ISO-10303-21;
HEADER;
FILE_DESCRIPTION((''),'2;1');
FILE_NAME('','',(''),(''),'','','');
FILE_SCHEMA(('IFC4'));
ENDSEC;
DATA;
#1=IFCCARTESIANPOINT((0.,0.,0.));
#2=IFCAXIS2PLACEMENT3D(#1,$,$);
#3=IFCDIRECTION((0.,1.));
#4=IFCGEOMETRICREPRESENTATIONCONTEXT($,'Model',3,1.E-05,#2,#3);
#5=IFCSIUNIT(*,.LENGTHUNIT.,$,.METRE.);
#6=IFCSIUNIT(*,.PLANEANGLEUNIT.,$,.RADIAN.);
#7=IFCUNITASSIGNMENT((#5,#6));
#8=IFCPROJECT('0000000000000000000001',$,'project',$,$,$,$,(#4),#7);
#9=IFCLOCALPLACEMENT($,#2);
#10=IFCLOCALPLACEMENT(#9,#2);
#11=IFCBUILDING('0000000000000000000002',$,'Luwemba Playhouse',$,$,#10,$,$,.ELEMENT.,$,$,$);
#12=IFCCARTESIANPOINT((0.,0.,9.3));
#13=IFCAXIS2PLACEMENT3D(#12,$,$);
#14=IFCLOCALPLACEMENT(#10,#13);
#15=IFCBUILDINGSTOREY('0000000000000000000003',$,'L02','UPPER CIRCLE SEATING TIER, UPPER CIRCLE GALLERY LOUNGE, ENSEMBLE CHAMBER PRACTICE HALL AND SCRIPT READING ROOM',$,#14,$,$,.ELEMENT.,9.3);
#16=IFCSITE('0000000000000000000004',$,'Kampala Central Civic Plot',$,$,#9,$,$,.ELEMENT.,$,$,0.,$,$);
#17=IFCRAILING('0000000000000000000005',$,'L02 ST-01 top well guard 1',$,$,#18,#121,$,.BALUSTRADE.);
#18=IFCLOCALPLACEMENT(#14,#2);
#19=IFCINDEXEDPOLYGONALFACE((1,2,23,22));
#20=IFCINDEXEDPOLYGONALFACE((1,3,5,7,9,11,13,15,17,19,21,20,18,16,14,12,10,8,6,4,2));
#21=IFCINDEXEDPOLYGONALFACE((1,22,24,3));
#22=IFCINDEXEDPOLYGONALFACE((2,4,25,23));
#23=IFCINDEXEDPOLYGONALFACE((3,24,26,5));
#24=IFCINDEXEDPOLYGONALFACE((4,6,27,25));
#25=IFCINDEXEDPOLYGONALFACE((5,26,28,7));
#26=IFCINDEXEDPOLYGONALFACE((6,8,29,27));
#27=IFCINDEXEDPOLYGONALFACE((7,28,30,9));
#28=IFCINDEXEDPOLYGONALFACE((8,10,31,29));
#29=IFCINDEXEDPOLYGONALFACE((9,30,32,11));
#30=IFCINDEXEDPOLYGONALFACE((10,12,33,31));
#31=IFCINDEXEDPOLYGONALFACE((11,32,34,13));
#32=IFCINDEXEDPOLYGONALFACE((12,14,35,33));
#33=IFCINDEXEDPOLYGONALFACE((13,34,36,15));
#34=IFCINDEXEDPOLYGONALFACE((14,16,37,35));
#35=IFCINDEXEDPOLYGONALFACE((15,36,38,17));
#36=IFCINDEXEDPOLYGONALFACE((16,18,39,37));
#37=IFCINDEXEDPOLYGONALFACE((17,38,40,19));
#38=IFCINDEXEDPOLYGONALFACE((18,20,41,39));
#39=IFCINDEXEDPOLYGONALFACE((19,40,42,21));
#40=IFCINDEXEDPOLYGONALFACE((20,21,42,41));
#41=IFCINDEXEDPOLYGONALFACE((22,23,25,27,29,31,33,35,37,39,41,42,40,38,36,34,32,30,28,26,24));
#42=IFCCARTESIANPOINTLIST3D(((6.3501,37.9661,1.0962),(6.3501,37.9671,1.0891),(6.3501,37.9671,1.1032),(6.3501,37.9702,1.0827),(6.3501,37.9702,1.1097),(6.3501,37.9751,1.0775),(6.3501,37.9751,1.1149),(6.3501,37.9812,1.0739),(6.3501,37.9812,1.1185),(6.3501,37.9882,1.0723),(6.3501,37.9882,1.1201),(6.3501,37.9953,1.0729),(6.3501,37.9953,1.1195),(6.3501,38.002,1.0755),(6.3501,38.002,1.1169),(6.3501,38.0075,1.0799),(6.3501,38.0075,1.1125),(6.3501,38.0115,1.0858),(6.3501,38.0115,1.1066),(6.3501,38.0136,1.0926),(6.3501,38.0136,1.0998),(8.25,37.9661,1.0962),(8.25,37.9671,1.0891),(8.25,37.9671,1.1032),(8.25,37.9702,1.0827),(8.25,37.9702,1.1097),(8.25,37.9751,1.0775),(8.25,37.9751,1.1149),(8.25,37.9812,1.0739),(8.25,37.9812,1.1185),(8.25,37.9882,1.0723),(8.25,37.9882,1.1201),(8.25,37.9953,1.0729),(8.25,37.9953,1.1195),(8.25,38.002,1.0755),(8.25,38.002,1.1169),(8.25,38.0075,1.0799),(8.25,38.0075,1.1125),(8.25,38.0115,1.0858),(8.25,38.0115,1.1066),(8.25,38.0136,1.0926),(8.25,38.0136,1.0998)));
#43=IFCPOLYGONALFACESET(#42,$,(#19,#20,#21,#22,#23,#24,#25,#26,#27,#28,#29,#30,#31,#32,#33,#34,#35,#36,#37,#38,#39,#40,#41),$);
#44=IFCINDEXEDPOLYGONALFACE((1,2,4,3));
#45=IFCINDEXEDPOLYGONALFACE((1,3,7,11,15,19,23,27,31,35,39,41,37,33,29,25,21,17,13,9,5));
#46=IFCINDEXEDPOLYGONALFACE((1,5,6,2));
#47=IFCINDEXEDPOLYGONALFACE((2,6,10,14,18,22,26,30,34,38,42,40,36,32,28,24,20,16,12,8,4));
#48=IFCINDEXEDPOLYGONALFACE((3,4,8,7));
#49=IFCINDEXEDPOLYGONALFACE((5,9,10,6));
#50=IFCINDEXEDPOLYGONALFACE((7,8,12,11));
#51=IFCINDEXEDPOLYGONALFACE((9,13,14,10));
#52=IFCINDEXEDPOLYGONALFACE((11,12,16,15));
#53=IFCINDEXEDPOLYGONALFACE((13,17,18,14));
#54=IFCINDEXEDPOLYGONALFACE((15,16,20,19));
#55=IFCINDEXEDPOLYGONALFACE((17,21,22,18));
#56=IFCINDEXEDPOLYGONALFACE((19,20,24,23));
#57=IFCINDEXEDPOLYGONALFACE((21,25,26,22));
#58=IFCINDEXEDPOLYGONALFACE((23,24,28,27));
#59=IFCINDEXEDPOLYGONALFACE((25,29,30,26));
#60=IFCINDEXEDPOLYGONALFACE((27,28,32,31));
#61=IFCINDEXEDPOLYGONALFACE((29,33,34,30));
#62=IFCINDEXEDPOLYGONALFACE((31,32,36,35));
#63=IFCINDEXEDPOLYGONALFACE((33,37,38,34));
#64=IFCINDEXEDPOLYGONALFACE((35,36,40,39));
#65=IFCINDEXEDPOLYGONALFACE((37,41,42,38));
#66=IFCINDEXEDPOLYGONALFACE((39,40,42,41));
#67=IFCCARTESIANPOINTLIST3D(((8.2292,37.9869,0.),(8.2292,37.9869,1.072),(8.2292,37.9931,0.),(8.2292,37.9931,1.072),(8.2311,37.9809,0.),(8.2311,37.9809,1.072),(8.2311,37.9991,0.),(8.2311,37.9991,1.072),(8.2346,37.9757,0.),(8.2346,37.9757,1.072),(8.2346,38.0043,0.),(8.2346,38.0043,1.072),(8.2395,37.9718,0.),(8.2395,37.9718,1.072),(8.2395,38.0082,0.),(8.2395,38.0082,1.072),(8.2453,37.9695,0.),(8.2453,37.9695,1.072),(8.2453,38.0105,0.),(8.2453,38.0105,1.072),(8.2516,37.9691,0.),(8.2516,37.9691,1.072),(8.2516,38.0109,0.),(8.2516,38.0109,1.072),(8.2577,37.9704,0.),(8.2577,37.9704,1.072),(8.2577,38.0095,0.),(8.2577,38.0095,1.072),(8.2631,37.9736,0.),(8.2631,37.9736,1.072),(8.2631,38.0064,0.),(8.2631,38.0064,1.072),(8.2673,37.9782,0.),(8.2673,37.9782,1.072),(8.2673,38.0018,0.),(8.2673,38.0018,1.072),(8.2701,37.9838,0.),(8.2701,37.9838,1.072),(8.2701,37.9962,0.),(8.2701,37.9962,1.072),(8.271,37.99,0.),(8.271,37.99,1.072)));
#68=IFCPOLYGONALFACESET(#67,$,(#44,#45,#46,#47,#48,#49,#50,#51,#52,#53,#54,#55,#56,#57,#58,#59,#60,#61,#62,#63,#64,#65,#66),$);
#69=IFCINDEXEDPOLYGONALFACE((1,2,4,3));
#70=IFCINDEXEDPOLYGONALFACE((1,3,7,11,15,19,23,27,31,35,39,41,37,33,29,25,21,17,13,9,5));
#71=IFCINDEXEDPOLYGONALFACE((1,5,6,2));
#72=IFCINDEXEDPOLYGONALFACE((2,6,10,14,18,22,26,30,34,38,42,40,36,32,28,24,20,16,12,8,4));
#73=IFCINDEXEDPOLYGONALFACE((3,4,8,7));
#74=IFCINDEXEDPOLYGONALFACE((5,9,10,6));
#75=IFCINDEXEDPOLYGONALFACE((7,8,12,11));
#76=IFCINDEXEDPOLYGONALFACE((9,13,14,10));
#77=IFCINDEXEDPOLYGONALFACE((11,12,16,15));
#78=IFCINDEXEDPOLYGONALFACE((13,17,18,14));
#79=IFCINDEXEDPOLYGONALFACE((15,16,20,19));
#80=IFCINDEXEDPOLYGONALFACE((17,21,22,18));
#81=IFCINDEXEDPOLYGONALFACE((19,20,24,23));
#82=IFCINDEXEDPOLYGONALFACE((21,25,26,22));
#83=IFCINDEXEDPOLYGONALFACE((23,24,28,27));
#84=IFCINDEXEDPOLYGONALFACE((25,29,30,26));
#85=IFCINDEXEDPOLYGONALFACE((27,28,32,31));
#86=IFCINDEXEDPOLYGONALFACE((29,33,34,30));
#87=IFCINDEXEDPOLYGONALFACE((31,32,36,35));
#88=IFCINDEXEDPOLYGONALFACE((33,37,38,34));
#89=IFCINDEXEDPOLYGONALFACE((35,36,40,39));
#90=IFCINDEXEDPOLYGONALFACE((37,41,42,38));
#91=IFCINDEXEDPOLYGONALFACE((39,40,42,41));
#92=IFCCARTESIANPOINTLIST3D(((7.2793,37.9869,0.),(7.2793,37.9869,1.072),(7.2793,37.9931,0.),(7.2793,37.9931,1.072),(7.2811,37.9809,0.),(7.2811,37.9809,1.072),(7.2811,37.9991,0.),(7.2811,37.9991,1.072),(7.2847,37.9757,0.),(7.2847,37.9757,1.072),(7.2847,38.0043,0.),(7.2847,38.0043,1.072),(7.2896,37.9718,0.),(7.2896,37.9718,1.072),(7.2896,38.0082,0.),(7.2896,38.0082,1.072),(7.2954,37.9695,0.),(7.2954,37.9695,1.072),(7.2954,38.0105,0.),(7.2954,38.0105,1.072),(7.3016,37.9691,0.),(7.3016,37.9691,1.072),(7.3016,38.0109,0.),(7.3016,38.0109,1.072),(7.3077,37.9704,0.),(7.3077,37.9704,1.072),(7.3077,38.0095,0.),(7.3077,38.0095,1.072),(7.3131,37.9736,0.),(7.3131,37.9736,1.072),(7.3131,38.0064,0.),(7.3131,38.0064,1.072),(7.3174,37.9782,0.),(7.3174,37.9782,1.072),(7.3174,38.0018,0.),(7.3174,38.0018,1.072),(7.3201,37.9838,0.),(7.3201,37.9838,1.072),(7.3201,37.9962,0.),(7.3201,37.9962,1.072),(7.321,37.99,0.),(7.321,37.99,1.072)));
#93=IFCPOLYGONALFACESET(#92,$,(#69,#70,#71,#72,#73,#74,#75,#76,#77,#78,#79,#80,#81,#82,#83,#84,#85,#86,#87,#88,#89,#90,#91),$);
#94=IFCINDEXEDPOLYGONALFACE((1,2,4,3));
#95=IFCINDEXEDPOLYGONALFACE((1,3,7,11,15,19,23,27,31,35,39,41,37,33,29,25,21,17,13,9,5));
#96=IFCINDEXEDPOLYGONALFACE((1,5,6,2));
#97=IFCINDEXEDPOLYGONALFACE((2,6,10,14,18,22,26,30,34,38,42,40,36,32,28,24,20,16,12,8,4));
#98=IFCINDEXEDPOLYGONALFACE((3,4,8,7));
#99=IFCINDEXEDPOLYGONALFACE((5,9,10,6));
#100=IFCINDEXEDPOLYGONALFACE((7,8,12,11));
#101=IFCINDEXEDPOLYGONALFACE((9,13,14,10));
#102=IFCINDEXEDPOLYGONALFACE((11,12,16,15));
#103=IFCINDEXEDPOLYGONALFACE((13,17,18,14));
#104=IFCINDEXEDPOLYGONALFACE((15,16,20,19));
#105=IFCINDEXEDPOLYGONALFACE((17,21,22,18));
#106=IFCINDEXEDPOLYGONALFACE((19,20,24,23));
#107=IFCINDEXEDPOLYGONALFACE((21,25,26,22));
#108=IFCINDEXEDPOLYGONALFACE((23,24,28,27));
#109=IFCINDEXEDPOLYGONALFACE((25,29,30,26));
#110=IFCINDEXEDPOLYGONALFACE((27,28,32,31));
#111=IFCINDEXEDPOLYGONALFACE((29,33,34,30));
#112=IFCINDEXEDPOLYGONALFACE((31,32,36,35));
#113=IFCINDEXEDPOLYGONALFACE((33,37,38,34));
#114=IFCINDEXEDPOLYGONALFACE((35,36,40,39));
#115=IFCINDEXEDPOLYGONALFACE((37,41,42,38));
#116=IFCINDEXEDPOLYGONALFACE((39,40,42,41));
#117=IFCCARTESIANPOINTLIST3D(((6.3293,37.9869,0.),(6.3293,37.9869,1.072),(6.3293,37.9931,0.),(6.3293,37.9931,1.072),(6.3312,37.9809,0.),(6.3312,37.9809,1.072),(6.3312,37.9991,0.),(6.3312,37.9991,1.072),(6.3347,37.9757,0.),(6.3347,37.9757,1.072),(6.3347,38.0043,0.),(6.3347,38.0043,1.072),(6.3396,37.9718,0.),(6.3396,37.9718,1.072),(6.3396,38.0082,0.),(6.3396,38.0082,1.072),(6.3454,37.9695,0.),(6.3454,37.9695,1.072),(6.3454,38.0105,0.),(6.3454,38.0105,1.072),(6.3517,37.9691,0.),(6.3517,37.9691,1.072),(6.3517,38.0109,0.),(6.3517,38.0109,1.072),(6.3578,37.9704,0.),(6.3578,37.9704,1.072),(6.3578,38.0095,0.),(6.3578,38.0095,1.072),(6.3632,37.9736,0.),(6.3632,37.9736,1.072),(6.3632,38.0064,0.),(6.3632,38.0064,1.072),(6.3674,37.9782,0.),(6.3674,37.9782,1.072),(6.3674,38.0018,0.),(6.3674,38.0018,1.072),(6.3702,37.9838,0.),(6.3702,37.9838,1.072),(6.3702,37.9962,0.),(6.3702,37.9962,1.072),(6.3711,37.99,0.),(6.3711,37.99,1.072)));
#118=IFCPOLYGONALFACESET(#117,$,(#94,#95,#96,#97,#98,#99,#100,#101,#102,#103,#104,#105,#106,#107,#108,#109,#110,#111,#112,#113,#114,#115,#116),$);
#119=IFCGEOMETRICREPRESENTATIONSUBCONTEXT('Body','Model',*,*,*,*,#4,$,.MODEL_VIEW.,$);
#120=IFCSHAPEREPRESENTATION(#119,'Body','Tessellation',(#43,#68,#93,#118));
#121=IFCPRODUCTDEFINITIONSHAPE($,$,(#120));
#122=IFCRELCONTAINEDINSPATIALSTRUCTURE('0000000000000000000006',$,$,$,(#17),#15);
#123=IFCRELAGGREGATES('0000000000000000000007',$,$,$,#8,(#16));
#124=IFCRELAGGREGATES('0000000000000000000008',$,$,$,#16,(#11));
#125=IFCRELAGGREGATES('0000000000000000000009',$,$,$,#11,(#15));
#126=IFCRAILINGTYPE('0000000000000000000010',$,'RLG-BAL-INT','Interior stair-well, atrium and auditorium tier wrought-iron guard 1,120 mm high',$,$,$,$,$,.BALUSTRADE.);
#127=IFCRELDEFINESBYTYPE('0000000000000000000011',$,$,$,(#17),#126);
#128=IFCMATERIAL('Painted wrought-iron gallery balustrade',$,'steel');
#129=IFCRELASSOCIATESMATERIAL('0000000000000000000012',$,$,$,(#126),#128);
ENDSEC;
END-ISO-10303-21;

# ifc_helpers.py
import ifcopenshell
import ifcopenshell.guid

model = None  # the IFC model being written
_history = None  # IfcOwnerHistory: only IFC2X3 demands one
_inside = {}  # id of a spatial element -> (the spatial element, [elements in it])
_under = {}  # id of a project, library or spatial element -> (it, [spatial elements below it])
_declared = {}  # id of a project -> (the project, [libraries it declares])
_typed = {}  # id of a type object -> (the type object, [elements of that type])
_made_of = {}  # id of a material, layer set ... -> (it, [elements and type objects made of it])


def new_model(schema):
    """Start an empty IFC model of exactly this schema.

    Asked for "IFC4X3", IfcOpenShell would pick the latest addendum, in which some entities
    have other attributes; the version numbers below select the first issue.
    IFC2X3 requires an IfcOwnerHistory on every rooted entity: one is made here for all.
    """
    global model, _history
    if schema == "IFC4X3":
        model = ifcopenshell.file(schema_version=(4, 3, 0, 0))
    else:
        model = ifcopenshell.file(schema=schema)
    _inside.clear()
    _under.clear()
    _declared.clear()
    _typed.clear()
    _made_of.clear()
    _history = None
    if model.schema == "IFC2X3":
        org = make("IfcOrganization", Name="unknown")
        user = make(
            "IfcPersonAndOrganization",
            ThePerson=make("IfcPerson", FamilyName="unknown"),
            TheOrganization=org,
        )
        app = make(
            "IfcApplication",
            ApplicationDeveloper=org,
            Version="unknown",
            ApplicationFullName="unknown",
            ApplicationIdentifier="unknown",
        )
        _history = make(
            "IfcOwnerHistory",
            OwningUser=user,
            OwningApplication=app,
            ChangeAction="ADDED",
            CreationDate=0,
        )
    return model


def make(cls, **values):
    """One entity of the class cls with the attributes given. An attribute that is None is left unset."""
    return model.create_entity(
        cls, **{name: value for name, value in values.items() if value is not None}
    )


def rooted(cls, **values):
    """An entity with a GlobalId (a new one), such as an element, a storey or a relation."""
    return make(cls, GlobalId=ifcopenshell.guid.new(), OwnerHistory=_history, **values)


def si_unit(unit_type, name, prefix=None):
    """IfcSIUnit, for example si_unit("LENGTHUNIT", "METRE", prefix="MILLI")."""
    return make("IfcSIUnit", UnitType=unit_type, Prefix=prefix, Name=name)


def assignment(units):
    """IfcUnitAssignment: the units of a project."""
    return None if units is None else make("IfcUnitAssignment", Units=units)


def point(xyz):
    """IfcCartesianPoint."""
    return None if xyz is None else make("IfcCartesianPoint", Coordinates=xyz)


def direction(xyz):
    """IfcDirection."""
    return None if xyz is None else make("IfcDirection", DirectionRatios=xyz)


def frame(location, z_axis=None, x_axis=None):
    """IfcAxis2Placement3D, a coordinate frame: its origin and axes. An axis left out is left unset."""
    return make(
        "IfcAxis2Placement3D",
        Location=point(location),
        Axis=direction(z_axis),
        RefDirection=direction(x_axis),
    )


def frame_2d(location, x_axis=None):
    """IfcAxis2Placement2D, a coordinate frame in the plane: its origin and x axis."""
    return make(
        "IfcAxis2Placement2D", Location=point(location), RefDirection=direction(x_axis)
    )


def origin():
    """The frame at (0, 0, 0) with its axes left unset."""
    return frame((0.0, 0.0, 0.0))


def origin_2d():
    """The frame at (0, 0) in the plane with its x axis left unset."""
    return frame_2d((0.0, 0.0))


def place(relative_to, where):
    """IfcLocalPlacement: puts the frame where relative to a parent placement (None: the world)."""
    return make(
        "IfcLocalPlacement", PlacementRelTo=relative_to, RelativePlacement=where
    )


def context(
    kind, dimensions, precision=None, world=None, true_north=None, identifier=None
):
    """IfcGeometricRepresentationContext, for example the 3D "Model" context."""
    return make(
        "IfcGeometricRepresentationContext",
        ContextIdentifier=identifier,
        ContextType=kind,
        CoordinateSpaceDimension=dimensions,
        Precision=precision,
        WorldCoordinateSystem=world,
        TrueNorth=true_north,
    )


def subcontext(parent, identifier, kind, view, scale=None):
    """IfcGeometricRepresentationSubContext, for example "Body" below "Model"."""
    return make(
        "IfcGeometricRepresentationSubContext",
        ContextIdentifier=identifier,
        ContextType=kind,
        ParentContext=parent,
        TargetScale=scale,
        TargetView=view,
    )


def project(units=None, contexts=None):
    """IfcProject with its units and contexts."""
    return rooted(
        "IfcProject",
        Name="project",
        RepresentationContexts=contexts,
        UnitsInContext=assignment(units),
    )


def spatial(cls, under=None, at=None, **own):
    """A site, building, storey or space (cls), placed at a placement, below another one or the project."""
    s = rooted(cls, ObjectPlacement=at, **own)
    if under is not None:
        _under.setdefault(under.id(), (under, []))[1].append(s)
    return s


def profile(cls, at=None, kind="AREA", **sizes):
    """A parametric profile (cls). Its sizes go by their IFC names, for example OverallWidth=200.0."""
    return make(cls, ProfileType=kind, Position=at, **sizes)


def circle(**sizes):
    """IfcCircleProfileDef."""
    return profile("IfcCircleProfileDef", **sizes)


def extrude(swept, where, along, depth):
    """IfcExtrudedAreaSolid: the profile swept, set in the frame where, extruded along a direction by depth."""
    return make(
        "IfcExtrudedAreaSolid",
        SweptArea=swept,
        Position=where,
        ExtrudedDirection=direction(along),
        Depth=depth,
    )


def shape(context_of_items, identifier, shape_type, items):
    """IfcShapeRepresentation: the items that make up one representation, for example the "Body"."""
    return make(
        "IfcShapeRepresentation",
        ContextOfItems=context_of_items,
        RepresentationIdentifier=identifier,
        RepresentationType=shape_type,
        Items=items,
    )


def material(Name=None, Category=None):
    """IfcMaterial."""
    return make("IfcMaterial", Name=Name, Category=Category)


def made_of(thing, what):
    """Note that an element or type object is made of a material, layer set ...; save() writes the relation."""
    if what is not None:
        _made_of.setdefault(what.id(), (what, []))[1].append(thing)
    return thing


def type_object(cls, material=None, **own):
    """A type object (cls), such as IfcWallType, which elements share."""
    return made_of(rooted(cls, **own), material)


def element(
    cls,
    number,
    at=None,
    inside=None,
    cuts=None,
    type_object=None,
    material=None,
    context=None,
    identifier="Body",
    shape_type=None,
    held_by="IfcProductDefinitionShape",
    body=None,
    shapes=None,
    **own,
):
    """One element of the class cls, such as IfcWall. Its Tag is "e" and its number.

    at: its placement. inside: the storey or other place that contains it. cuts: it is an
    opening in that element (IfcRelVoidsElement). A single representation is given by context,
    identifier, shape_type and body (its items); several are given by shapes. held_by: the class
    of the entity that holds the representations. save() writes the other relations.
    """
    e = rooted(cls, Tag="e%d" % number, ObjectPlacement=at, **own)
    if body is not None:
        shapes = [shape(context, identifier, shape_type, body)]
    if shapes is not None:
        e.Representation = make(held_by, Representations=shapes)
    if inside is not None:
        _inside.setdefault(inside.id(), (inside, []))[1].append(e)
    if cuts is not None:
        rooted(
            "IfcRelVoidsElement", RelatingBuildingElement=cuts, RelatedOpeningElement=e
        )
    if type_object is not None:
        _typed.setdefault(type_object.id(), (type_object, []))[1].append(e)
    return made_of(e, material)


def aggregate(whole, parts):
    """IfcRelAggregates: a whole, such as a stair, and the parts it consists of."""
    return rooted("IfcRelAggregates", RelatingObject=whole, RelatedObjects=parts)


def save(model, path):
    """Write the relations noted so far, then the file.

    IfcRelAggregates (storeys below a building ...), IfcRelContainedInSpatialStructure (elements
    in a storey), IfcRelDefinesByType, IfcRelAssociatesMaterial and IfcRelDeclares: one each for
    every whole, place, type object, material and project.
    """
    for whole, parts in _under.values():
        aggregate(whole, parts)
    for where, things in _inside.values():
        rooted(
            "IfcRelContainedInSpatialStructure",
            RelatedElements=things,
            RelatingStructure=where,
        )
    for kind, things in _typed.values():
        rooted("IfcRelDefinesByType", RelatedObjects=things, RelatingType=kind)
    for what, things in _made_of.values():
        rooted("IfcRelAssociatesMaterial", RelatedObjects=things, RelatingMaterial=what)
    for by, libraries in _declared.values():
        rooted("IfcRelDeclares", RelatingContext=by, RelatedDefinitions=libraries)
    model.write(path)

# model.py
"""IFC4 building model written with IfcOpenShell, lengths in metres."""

from ifc_helpers import new_model, si_unit, direction, frame, origin, origin_2d, place, context, subcontext, project, spatial, circle, extrude, material, type_object, element, save


model = new_model("IFC4")

# Units and contexts
model_context = context("Model", 3, precision=1e-05, world=origin(), true_north=direction((0.0, 1.0)))
body_context = subcontext(model_context, "Body", "Model", "MODEL_VIEW")
ifc_project = project(units=[si_unit("LENGTHUNIT", "METRE"), si_unit("PLANEANGLEUNIT", "RADIAN")], contexts=[model_context])

# Site, building, storey
site_placement = place(None, origin())
site = spatial("IfcSite", under=ifc_project, at=site_placement, Name="Kampala Central Civic Plot", CompositionType="ELEMENT", RefElevation=0.0)
building_placement = place(site_placement, origin())
building = spatial("IfcBuilding", under=site, at=building_placement, Name="Luwemba Playhouse", CompositionType="ELEMENT")
storey_placement = place(building_placement, frame((0.0, 0.0, 9.3)))
storey = spatial("IfcBuildingStorey", under=building, at=storey_placement, Name="L02", Description="UPPER CIRCLE SEATING TIER, UPPER CIRCLE GALLERY LOUNGE, ENSEMBLE CHAMBER PRACTICE HALL AND SCRIPT READING ROOM", CompositionType="ELEMENT", Elevation=9.3)

# Railing
ifc_material_1 = material(Name="Painted wrought-iron gallery balustrade", Category="steel")
railing_type = type_object("IfcRailingType", Name="RLG-BAL-INT", Description="Interior stair-well, atrium and auditorium tier wrought-iron guard 1,120 mm high", PredefinedType="BALUSTRADE", material=ifc_material_1)
railing_placement = place(storey_placement, frame((8.25, 37.99, 0.0)))
element("IfcRailing", 1, at=railing_placement, inside=storey, type_object=railing_type, Name="L02 ST-01 top well guard 1", PredefinedType="BALUSTRADE", context=body_context, shape_type="SweptSolid", body=[
    extrude(circle(Radius=0.0239, at=origin_2d()), frame((0.0, 0.0, 1.0962), z_axis=(-1.0, 0.0, 0.0), x_axis=(0.0, -1.0, 0.0)), (0.0, 0.0, 1.0), 1.8999),
    extrude(circle(Radius=0.021, at=origin_2d()), origin(), (0.0, 0.0, 1.0), 1.072),
    extrude(circle(Radius=0.021, at=origin_2d()), frame((-0.95, 0.0, 0.0)), (0.0, 0.0, 1.0), 1.072),
    extrude(circle(Radius=0.021, at=origin_2d()), frame((-1.8999, 0.0, 0.0)), (0.0, 0.0, 1.0), 1.072),
])

save(model, "model.ifc")
